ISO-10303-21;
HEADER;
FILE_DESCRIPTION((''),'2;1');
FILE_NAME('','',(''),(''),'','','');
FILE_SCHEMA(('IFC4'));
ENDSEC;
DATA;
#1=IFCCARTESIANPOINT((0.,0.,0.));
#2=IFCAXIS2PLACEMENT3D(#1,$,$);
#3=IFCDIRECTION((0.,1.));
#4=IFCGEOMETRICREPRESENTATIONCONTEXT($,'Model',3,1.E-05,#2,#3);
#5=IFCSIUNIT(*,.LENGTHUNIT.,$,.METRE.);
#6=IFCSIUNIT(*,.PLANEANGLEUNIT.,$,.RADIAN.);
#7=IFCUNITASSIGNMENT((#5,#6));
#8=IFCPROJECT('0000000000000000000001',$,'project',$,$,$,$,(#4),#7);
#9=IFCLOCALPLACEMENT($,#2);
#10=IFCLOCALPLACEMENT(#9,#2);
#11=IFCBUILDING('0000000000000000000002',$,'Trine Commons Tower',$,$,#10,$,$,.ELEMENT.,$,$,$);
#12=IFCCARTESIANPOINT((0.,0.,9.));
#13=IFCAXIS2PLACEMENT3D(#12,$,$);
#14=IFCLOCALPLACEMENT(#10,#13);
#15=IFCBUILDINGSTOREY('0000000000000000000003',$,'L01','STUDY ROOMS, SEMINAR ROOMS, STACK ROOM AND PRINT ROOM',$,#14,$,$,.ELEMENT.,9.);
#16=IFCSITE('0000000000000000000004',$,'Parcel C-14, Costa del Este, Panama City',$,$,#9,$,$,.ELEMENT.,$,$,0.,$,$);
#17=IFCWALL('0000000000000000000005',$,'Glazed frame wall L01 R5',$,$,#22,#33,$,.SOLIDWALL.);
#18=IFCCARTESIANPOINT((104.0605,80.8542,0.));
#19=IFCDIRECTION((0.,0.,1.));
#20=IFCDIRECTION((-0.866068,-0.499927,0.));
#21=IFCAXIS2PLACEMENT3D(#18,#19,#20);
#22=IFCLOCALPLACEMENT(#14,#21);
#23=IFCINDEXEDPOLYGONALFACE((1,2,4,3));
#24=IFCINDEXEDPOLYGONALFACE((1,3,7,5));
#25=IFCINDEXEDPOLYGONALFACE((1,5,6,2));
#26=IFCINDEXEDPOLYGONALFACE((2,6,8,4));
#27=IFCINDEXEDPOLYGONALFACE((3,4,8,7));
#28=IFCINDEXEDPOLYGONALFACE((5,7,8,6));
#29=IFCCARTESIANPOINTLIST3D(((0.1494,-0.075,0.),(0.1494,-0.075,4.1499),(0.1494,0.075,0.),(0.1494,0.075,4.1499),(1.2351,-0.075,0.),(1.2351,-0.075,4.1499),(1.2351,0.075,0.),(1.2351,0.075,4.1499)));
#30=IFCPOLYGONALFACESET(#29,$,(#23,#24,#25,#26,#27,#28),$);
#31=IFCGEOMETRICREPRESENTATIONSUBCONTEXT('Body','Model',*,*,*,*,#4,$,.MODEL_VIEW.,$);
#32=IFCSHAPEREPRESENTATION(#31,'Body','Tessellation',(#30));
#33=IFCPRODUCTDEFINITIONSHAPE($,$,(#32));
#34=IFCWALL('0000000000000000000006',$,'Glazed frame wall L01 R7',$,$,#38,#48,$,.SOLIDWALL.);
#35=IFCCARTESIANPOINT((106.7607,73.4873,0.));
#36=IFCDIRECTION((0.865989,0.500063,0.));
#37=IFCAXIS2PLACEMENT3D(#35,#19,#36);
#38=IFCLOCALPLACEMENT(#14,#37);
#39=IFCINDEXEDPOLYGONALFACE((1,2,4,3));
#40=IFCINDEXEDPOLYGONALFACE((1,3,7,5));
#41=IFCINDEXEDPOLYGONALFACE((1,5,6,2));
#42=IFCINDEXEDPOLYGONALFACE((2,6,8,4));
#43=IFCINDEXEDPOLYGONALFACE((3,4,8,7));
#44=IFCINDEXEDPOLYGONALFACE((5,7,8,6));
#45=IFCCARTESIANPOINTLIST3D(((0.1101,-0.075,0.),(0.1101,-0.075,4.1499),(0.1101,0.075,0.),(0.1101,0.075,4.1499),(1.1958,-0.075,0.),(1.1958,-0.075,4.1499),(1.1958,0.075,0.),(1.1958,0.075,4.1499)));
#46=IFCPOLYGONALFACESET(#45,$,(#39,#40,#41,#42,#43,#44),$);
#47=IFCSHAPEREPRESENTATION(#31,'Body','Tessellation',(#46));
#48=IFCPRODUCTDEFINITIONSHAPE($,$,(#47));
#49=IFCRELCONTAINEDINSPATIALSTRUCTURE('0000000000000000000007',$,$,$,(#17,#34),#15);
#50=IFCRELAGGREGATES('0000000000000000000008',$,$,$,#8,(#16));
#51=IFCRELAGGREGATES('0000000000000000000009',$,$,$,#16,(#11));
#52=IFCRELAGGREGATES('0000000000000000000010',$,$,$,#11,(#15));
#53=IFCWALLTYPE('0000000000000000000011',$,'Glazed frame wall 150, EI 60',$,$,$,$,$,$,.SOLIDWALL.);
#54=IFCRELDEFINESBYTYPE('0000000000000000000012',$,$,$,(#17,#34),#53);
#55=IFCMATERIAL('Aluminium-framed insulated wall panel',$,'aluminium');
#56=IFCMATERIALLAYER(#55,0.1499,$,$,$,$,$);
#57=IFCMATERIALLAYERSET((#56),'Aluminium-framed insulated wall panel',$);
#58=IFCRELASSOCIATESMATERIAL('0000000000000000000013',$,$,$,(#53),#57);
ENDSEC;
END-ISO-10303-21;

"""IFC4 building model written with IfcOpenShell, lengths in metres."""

from ifc_helpers import new_model, si_unit, direction, frame, origin, place, context, subcontext, project, spatial, polyline, outline, extrude, material, layer, layer_set, type_object, element, save


model = new_model("IFC4")

# Units and contexts
model_context = context("Model", 3, precision=1e-05, world=origin(), true_north=direction((0.0, 1.0)))
body_context = subcontext(model_context, "Body", "Model", "MODEL_VIEW")
ifc_project = project(units=[si_unit("LENGTHUNIT", "METRE"), si_unit("PLANEANGLEUNIT", "RADIAN")], contexts=[model_context])

# Site, building, storey
site_placement = place(None, origin())
site = spatial("IfcSite", under=ifc_project, at=site_placement, Name="Parcel C-14, Costa del Este, Panama City", CompositionType="ELEMENT", RefElevation=0.0)
building_placement = place(site_placement, origin())
building = spatial("IfcBuilding", under=site, at=building_placement, Name="Trine Commons Tower", CompositionType="ELEMENT")
storey_placement = place(building_placement, frame((0.0, 0.0, 9.0)))
storey = spatial("IfcBuildingStorey", under=building, at=storey_placement, Name="L01", Description="STUDY ROOMS, SEMINAR ROOMS, STACK ROOM AND PRINT ROOM", CompositionType="ELEMENT", Elevation=9.0)

# Walls
ifc_material_1 = material(Name="Aluminium-framed insulated wall panel", Category="aluminium")
ifc_layer_1 = layer(ifc_material_1, 0.1499)
ifc_layer_set_1 = layer_set([ifc_layer_1], Name="Aluminium-framed insulated wall panel")
wall_type = type_object("IfcWallType", Name="Glazed frame wall 150, EI 60", PredefinedType="SOLIDWALL", material=ifc_layer_set_1)
wall_1_placement = place(storey_placement, frame((104.0605, 80.8542, 0.0), z_axis=(0.0, 0.0, 1.0), x_axis=(-0.866068, -0.499927, 0.0)))
element("IfcWall", 1, at=wall_1_placement, inside=storey, type_object=wall_type, Name="Glazed frame wall L01 R5", PredefinedType="SOLIDWALL", context=body_context, shape_type="SweptSolid", body=[
    extrude(outline(polyline([(0.1494, 0.075), (0.1494, -0.075), (1.2351, -0.075), (1.2351, 0.075), (0.1494, 0.075)])), origin(), (0.0, 0.0, 1.0), 4.1499),
])
wall_2_placement = place(storey_placement, frame((106.7607, 73.4873, 0.0), z_axis=(0.0, 0.0, 1.0), x_axis=(0.865989, 0.500063, 0.0)))
element("IfcWall", 2, at=wall_2_placement, inside=storey, type_object=wall_type, Name="Glazed frame wall L01 R7", PredefinedType="SOLIDWALL", context=body_context, shape_type="SweptSolid", body=[
    extrude(outline(polyline([(0.1101, 0.075), (0.1101, -0.075), (1.1958, -0.075), (1.1958, 0.075), (0.1101, 0.075)])), origin(), (0.0, 0.0, 1.0), 4.1499),
])

save(model, "model.ifc")
